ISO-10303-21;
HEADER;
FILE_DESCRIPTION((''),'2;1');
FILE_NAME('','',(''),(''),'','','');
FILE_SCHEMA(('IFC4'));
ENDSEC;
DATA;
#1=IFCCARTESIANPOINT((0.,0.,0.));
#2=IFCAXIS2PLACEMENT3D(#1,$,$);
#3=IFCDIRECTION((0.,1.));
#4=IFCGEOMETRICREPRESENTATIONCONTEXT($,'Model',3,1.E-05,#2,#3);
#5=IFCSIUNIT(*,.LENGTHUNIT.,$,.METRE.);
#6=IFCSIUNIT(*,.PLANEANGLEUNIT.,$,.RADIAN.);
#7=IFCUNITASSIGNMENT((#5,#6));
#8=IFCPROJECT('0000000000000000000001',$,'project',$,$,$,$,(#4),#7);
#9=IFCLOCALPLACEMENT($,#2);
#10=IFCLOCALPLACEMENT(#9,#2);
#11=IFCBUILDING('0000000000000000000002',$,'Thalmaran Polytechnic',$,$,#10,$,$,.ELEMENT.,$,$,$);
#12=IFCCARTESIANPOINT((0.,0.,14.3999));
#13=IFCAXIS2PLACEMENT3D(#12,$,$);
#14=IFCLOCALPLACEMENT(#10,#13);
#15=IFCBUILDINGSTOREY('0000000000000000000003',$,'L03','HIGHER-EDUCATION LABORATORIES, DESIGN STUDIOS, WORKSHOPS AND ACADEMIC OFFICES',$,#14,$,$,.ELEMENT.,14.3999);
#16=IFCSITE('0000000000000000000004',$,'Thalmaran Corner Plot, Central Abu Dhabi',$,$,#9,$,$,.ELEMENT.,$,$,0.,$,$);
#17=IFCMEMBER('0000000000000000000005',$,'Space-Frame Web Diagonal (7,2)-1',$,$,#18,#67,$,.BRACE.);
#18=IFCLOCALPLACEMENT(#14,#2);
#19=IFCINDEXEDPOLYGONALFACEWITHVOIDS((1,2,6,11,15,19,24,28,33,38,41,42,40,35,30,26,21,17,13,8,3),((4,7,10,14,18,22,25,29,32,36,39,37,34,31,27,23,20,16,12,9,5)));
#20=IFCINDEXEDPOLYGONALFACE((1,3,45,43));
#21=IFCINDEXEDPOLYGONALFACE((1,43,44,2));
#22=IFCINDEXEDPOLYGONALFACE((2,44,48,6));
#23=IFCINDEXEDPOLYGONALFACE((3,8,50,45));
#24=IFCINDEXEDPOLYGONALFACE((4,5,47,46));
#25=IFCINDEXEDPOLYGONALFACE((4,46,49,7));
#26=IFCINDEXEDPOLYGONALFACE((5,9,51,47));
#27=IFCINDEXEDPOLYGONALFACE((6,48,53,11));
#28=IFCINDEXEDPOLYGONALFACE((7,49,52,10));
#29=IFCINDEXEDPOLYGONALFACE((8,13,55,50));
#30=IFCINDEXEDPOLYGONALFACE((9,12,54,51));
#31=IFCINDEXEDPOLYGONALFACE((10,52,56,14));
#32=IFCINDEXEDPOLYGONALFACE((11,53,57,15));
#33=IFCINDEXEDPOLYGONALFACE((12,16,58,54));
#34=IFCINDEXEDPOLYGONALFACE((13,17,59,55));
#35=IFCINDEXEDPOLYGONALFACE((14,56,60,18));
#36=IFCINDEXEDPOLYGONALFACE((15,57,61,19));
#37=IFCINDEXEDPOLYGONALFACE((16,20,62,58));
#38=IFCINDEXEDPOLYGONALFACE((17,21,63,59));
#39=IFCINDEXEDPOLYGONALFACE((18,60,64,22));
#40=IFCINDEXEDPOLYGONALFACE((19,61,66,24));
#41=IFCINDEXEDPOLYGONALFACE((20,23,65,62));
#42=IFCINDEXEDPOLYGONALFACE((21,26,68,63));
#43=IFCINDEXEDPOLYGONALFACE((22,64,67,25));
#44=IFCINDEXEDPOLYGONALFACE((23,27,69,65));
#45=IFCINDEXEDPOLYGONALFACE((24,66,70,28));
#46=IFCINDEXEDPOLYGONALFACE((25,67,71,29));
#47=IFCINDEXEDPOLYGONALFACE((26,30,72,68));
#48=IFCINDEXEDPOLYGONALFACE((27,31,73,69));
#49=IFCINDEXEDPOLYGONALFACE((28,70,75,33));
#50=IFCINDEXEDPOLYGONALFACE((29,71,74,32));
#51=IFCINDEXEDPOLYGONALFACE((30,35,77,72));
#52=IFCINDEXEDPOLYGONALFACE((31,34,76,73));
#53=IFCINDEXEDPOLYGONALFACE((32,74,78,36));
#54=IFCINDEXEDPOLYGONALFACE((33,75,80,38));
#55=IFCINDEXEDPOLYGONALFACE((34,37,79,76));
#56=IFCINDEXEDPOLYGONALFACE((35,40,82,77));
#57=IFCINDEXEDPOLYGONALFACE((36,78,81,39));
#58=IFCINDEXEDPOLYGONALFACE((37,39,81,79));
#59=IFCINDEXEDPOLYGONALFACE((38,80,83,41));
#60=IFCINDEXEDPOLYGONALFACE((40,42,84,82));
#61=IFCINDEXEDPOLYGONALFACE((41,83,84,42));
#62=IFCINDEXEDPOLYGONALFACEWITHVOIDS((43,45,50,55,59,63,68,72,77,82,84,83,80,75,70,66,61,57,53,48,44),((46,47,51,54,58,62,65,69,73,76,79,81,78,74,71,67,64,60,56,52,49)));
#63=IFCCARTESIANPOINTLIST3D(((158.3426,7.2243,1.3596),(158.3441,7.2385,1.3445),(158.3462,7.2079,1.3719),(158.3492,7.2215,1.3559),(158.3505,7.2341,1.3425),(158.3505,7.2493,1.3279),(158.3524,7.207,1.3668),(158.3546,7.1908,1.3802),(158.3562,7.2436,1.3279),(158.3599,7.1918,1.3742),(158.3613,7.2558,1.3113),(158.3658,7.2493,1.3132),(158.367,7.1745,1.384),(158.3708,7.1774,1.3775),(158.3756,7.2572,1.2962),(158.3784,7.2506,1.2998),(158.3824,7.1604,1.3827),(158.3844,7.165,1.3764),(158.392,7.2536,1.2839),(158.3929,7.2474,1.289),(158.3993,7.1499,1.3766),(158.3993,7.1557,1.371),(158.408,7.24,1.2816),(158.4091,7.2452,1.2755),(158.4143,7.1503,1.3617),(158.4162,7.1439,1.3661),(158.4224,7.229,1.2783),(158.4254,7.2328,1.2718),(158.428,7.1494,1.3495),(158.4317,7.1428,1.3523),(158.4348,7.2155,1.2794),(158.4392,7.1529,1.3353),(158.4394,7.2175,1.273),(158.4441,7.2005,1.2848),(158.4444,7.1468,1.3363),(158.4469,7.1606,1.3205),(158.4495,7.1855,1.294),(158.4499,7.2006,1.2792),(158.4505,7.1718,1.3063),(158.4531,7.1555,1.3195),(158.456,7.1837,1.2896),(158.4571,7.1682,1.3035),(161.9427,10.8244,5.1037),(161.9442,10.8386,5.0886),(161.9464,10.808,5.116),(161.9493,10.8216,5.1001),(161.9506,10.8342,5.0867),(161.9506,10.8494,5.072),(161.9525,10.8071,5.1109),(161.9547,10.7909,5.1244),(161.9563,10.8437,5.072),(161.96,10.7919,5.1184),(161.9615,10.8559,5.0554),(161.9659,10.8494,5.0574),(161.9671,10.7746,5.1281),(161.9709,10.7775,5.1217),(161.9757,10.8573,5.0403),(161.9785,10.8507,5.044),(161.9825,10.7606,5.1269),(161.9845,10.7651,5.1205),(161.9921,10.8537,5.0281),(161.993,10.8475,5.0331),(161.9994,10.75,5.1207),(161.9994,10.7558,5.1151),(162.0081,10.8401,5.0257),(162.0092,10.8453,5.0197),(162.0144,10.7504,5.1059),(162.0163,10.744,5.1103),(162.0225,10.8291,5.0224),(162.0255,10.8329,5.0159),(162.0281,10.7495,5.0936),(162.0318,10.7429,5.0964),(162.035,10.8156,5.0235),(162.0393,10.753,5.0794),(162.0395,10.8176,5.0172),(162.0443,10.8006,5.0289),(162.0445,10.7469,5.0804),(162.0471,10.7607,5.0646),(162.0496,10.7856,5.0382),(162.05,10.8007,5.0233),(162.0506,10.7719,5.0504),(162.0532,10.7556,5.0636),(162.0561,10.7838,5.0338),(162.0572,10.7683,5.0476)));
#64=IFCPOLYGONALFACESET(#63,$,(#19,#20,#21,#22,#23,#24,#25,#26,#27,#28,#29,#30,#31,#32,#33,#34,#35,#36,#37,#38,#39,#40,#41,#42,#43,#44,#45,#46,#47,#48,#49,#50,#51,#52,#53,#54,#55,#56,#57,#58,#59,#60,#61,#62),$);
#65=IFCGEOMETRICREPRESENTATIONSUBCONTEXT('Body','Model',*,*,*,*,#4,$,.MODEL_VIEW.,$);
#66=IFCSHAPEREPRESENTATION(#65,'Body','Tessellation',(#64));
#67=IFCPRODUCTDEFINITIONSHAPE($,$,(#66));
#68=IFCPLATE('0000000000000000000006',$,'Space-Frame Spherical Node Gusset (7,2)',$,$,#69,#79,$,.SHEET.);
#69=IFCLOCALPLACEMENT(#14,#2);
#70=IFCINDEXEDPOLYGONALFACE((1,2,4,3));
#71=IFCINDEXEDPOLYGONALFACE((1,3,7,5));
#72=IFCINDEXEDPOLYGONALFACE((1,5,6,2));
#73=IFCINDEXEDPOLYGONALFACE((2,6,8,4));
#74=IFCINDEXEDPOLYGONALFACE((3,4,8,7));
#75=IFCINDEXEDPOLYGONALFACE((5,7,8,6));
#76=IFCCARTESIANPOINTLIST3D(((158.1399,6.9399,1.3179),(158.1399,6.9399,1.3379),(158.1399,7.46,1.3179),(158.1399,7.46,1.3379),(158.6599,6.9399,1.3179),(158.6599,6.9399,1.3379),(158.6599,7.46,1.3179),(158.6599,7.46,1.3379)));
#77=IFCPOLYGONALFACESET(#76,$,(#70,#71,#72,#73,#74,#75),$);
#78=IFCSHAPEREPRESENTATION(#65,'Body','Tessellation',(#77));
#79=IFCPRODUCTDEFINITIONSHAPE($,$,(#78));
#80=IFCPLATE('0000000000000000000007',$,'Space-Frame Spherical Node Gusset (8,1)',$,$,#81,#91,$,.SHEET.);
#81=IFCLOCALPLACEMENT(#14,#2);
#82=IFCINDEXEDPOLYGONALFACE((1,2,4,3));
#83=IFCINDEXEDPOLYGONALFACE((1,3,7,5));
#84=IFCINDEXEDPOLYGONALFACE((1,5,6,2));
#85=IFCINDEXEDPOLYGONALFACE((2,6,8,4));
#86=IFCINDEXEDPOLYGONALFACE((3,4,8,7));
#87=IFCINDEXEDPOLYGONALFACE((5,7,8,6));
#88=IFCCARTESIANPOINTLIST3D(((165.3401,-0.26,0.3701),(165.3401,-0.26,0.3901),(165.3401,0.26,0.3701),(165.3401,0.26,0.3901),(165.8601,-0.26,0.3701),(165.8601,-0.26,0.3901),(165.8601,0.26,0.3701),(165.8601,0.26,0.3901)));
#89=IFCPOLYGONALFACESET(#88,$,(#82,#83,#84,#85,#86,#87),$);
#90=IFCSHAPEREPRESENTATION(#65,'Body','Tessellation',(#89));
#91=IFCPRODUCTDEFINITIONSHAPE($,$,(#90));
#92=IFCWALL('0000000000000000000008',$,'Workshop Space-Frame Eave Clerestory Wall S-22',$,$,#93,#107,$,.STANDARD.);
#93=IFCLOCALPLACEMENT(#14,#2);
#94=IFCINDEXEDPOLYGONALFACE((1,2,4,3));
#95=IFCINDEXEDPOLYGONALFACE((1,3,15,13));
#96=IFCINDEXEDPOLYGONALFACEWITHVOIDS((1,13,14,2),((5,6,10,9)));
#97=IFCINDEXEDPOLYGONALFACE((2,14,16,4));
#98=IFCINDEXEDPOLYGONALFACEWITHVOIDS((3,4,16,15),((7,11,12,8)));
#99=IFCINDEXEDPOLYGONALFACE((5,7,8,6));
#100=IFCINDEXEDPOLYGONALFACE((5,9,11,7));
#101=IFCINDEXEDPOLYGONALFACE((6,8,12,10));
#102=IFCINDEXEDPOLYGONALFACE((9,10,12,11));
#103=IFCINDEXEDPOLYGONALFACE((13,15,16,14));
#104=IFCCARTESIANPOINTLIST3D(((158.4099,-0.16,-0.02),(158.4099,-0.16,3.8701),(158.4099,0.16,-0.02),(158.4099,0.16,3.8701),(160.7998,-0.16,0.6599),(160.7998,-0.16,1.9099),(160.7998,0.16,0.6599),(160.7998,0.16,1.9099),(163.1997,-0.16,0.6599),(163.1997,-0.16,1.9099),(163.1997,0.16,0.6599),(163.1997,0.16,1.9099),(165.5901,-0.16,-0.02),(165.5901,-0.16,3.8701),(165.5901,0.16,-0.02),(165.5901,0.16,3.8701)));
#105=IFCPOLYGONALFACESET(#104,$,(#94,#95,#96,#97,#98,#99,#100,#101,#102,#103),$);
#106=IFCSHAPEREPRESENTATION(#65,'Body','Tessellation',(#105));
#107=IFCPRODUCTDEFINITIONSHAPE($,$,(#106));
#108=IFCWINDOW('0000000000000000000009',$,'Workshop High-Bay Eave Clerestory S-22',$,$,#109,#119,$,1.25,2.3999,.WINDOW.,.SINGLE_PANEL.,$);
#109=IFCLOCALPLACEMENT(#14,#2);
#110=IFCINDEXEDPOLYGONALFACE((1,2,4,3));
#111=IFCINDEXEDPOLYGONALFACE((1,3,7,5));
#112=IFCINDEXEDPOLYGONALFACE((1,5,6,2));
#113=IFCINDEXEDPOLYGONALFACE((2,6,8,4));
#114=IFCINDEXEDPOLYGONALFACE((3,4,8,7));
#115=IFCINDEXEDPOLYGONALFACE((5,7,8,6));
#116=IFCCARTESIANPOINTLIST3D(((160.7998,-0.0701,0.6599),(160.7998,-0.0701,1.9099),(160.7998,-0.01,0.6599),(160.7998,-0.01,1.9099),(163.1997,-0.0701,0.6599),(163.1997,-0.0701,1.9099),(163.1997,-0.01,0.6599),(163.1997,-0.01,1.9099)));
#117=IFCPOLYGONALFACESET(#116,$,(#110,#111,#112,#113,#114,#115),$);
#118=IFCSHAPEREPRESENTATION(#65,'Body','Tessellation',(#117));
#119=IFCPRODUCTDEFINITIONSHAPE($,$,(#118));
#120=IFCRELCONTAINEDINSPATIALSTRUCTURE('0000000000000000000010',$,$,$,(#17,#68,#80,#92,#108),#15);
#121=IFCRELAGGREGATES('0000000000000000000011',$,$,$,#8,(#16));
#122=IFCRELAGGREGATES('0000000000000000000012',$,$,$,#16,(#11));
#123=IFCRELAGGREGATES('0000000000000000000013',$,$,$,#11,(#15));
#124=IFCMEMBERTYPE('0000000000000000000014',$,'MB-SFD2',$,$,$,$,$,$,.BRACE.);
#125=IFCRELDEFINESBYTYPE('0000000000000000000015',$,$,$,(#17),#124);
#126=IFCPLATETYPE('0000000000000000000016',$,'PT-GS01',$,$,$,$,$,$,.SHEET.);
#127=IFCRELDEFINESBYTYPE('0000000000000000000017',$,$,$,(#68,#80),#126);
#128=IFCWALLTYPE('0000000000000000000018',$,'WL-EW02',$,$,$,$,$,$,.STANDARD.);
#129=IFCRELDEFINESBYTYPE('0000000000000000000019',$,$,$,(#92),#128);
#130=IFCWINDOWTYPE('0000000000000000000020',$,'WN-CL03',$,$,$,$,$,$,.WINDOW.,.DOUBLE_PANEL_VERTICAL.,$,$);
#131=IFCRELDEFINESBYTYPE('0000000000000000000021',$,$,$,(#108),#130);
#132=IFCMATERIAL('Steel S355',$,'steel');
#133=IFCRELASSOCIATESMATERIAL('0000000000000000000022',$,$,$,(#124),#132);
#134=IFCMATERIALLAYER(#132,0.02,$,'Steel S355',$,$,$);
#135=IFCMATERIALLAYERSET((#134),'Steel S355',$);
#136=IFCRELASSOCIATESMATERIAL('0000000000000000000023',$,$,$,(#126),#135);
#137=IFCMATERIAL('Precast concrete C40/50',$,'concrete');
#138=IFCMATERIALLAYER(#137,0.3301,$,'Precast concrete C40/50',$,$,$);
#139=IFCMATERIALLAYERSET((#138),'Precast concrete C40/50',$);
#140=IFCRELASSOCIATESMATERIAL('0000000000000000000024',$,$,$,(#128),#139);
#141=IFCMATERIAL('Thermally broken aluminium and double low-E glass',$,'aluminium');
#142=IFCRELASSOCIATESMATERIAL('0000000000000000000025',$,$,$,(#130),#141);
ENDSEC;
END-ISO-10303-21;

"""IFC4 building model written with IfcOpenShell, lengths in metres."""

from ifc_helpers import new_model, si_unit, direction, frame, frame_2d, origin, origin_2d, place, context, subcontext, project, spatial, rectangle, hollow_circle, extrude, material, layer, layer_set, material_profile, profile_set, type_object, element, fill, save


model = new_model("IFC4")

# Units and contexts
model_context = context("Model", 3, precision=1e-05, world=origin(), true_north=direction((0.0, 1.0)))
body_context = subcontext(model_context, "Body", "Model", "MODEL_VIEW")
ifc_project = project(units=[si_unit("LENGTHUNIT", "METRE"), si_unit("PLANEANGLEUNIT", "RADIAN")], contexts=[model_context])

# Site, building, storey
site_placement = place(None, origin())
site = spatial("IfcSite", under=ifc_project, at=site_placement, Name="Thalmaran Corner Plot, Central Abu Dhabi", CompositionType="ELEMENT", RefElevation=0.0)
building_placement = place(site_placement, origin())
building = spatial("IfcBuilding", under=site, at=building_placement, Name="Thalmaran Polytechnic", CompositionType="ELEMENT")
storey_placement = place(building_placement, frame((0.0, 0.0, 14.3999)))
storey = spatial("IfcBuildingStorey", under=building, at=storey_placement, Name="L03", Description="HIGHER-EDUCATION LABORATORIES, DESIGN STUDIOS, WORKSHOPS AND ACADEMIC OFFICES", CompositionType="ELEMENT", Elevation=14.3999)

# Shared definitions
ifc_material_1 = material(Name="Steel S355", Category="steel")

# Member
ifc_material_profile_1 = material_profile(ifc_material_1, hollow_circle(Radius=0.0698, WallThickness=0.0081, at=origin_2d()), Name="CHS 139.7x8.0")
ifc_profile_set_1 = profile_set([ifc_material_profile_1], Name="Steel S355")
member_type_1 = type_object("IfcMemberType", Name="MB-SFD2", PredefinedType="BRACE", material=ifc_profile_set_1)
member_1_placement = place(storey_placement, frame((158.3999, 7.2, 1.3279), z_axis=(0.569653, 0.569653, 0.592445), x_axis=(-0.707107, 0.707107, 0.0)))
element("IfcMember", 1, at=member_1_placement, inside=storey, type_object=member_type_1, Name="Space-Frame Web Diagonal (7,2)-1", PredefinedType="BRACE", context=body_context, shape_type="SweptSolid", body=[
    extrude(hollow_circle(Radius=0.0698, WallThickness=0.0081, at=origin_2d()), origin(), (0.0, 0.0, 1.0), 6.3198),
])

# Plates
ifc_layer_1 = layer(ifc_material_1, 0.02, Name="Steel S355")
ifc_layer_set_1 = layer_set([ifc_layer_1], Name="Steel S355")
plate_type = type_object("IfcPlateType", Name="PT-GS01", PredefinedType="SHEET", material=ifc_layer_set_1)
for number, where, z_axis, x_axis, name in (
    (2, (158.3999, 7.2, 1.3179), (0.0, 0.0, 1.0), (1.0, 0.0, 0.0), "Space-Frame Spherical Node Gusset (7,2)"),
    (3, (165.6001, 0.0, 0.3701), (0.0, 0.0, 1.0), (1.0, 0.0, 0.0), "Space-Frame Spherical Node Gusset (8,1)"),
):
    element("IfcPlate", number, at=place(storey_placement, frame(where, z_axis=z_axis, x_axis=x_axis)), inside=storey, type_object=plate_type, Name=name, PredefinedType="SHEET", context=body_context, shape_type="SweptSolid", body=[
        extrude(rectangle(XDim=0.52, YDim=0.52, at=origin_2d()), origin(), (0.0, 0.0, 1.0), 0.02),
    ])

# Wall, opening, window
ifc_material_2 = material(Name="Precast concrete C40/50", Category="concrete")
ifc_layer_2 = layer(ifc_material_2, 0.3301, Name="Precast concrete C40/50")
ifc_layer_set_2 = layer_set([ifc_layer_2], Name="Precast concrete C40/50")
wall_type = type_object("IfcWallType", Name="WL-EW02", PredefinedType="STANDARD", material=ifc_layer_set_2)
wall_placement = place(storey_placement, frame((158.4099, 0.0, -0.02), z_axis=(0.0, 0.0, 1.0), x_axis=(1.0, 0.0, 0.0)))
wall = element("IfcWall", 4, at=wall_placement, inside=storey, type_object=wall_type, Name="Workshop Space-Frame Eave Clerestory Wall S-22", PredefinedType="STANDARD", context=body_context, shape_type="SweptSolid", body=[
    extrude(rectangle(XDim=7.1802, YDim=0.3201, at=frame_2d((3.5901, 0.0))), origin(), (0.0, 0.0, 1.0), 3.8901),
])
opening_placement = place(wall_placement, frame((2.3899, 0.0, 0.6799)))
opening = element("IfcOpeningElement", 5, at=opening_placement, cuts=wall, PredefinedType="OPENING", context=body_context, shape_type="SweptSolid", body=[
    extrude(rectangle(XDim=2.3999, YDim=1.25, at=frame_2d((1.2, 0.625))), frame((0.0, 0.1699, 0.0), z_axis=(0.0, -1.0, 0.0), x_axis=(1.0, 0.0, 0.0)), (0.0, 0.0, 1.0), 0.3401),
])
ifc_material_3 = material(Name="Thermally broken aluminium and double low-E glass", Category="aluminium")
window_type = type_object("IfcWindowType", Name="WN-CL03", PartitioningType="DOUBLE_PANEL_VERTICAL", PredefinedType="WINDOW", material=ifc_material_3)
window_placement = place(opening_placement, origin())
window = element("IfcWindow", 6, at=window_placement, inside=storey, type_object=window_type, Name="Workshop High-Bay Eave Clerestory S-22", OverallHeight=1.25, OverallWidth=2.3999, PartitioningType="SINGLE_PANEL", PredefinedType="WINDOW", context=body_context, shape_type="SweptSolid", body=[
    extrude(rectangle(XDim=2.3999, YDim=1.25, at=frame_2d((1.2, 0.625))), frame((0.0, -0.01, 0.0), z_axis=(0.0, -1.0, 0.0), x_axis=(1.0, 0.0, 0.0)), (0.0, 0.0, 1.0), 0.0601),
])
fill(opening, window)

save(model, "model.ifc")
